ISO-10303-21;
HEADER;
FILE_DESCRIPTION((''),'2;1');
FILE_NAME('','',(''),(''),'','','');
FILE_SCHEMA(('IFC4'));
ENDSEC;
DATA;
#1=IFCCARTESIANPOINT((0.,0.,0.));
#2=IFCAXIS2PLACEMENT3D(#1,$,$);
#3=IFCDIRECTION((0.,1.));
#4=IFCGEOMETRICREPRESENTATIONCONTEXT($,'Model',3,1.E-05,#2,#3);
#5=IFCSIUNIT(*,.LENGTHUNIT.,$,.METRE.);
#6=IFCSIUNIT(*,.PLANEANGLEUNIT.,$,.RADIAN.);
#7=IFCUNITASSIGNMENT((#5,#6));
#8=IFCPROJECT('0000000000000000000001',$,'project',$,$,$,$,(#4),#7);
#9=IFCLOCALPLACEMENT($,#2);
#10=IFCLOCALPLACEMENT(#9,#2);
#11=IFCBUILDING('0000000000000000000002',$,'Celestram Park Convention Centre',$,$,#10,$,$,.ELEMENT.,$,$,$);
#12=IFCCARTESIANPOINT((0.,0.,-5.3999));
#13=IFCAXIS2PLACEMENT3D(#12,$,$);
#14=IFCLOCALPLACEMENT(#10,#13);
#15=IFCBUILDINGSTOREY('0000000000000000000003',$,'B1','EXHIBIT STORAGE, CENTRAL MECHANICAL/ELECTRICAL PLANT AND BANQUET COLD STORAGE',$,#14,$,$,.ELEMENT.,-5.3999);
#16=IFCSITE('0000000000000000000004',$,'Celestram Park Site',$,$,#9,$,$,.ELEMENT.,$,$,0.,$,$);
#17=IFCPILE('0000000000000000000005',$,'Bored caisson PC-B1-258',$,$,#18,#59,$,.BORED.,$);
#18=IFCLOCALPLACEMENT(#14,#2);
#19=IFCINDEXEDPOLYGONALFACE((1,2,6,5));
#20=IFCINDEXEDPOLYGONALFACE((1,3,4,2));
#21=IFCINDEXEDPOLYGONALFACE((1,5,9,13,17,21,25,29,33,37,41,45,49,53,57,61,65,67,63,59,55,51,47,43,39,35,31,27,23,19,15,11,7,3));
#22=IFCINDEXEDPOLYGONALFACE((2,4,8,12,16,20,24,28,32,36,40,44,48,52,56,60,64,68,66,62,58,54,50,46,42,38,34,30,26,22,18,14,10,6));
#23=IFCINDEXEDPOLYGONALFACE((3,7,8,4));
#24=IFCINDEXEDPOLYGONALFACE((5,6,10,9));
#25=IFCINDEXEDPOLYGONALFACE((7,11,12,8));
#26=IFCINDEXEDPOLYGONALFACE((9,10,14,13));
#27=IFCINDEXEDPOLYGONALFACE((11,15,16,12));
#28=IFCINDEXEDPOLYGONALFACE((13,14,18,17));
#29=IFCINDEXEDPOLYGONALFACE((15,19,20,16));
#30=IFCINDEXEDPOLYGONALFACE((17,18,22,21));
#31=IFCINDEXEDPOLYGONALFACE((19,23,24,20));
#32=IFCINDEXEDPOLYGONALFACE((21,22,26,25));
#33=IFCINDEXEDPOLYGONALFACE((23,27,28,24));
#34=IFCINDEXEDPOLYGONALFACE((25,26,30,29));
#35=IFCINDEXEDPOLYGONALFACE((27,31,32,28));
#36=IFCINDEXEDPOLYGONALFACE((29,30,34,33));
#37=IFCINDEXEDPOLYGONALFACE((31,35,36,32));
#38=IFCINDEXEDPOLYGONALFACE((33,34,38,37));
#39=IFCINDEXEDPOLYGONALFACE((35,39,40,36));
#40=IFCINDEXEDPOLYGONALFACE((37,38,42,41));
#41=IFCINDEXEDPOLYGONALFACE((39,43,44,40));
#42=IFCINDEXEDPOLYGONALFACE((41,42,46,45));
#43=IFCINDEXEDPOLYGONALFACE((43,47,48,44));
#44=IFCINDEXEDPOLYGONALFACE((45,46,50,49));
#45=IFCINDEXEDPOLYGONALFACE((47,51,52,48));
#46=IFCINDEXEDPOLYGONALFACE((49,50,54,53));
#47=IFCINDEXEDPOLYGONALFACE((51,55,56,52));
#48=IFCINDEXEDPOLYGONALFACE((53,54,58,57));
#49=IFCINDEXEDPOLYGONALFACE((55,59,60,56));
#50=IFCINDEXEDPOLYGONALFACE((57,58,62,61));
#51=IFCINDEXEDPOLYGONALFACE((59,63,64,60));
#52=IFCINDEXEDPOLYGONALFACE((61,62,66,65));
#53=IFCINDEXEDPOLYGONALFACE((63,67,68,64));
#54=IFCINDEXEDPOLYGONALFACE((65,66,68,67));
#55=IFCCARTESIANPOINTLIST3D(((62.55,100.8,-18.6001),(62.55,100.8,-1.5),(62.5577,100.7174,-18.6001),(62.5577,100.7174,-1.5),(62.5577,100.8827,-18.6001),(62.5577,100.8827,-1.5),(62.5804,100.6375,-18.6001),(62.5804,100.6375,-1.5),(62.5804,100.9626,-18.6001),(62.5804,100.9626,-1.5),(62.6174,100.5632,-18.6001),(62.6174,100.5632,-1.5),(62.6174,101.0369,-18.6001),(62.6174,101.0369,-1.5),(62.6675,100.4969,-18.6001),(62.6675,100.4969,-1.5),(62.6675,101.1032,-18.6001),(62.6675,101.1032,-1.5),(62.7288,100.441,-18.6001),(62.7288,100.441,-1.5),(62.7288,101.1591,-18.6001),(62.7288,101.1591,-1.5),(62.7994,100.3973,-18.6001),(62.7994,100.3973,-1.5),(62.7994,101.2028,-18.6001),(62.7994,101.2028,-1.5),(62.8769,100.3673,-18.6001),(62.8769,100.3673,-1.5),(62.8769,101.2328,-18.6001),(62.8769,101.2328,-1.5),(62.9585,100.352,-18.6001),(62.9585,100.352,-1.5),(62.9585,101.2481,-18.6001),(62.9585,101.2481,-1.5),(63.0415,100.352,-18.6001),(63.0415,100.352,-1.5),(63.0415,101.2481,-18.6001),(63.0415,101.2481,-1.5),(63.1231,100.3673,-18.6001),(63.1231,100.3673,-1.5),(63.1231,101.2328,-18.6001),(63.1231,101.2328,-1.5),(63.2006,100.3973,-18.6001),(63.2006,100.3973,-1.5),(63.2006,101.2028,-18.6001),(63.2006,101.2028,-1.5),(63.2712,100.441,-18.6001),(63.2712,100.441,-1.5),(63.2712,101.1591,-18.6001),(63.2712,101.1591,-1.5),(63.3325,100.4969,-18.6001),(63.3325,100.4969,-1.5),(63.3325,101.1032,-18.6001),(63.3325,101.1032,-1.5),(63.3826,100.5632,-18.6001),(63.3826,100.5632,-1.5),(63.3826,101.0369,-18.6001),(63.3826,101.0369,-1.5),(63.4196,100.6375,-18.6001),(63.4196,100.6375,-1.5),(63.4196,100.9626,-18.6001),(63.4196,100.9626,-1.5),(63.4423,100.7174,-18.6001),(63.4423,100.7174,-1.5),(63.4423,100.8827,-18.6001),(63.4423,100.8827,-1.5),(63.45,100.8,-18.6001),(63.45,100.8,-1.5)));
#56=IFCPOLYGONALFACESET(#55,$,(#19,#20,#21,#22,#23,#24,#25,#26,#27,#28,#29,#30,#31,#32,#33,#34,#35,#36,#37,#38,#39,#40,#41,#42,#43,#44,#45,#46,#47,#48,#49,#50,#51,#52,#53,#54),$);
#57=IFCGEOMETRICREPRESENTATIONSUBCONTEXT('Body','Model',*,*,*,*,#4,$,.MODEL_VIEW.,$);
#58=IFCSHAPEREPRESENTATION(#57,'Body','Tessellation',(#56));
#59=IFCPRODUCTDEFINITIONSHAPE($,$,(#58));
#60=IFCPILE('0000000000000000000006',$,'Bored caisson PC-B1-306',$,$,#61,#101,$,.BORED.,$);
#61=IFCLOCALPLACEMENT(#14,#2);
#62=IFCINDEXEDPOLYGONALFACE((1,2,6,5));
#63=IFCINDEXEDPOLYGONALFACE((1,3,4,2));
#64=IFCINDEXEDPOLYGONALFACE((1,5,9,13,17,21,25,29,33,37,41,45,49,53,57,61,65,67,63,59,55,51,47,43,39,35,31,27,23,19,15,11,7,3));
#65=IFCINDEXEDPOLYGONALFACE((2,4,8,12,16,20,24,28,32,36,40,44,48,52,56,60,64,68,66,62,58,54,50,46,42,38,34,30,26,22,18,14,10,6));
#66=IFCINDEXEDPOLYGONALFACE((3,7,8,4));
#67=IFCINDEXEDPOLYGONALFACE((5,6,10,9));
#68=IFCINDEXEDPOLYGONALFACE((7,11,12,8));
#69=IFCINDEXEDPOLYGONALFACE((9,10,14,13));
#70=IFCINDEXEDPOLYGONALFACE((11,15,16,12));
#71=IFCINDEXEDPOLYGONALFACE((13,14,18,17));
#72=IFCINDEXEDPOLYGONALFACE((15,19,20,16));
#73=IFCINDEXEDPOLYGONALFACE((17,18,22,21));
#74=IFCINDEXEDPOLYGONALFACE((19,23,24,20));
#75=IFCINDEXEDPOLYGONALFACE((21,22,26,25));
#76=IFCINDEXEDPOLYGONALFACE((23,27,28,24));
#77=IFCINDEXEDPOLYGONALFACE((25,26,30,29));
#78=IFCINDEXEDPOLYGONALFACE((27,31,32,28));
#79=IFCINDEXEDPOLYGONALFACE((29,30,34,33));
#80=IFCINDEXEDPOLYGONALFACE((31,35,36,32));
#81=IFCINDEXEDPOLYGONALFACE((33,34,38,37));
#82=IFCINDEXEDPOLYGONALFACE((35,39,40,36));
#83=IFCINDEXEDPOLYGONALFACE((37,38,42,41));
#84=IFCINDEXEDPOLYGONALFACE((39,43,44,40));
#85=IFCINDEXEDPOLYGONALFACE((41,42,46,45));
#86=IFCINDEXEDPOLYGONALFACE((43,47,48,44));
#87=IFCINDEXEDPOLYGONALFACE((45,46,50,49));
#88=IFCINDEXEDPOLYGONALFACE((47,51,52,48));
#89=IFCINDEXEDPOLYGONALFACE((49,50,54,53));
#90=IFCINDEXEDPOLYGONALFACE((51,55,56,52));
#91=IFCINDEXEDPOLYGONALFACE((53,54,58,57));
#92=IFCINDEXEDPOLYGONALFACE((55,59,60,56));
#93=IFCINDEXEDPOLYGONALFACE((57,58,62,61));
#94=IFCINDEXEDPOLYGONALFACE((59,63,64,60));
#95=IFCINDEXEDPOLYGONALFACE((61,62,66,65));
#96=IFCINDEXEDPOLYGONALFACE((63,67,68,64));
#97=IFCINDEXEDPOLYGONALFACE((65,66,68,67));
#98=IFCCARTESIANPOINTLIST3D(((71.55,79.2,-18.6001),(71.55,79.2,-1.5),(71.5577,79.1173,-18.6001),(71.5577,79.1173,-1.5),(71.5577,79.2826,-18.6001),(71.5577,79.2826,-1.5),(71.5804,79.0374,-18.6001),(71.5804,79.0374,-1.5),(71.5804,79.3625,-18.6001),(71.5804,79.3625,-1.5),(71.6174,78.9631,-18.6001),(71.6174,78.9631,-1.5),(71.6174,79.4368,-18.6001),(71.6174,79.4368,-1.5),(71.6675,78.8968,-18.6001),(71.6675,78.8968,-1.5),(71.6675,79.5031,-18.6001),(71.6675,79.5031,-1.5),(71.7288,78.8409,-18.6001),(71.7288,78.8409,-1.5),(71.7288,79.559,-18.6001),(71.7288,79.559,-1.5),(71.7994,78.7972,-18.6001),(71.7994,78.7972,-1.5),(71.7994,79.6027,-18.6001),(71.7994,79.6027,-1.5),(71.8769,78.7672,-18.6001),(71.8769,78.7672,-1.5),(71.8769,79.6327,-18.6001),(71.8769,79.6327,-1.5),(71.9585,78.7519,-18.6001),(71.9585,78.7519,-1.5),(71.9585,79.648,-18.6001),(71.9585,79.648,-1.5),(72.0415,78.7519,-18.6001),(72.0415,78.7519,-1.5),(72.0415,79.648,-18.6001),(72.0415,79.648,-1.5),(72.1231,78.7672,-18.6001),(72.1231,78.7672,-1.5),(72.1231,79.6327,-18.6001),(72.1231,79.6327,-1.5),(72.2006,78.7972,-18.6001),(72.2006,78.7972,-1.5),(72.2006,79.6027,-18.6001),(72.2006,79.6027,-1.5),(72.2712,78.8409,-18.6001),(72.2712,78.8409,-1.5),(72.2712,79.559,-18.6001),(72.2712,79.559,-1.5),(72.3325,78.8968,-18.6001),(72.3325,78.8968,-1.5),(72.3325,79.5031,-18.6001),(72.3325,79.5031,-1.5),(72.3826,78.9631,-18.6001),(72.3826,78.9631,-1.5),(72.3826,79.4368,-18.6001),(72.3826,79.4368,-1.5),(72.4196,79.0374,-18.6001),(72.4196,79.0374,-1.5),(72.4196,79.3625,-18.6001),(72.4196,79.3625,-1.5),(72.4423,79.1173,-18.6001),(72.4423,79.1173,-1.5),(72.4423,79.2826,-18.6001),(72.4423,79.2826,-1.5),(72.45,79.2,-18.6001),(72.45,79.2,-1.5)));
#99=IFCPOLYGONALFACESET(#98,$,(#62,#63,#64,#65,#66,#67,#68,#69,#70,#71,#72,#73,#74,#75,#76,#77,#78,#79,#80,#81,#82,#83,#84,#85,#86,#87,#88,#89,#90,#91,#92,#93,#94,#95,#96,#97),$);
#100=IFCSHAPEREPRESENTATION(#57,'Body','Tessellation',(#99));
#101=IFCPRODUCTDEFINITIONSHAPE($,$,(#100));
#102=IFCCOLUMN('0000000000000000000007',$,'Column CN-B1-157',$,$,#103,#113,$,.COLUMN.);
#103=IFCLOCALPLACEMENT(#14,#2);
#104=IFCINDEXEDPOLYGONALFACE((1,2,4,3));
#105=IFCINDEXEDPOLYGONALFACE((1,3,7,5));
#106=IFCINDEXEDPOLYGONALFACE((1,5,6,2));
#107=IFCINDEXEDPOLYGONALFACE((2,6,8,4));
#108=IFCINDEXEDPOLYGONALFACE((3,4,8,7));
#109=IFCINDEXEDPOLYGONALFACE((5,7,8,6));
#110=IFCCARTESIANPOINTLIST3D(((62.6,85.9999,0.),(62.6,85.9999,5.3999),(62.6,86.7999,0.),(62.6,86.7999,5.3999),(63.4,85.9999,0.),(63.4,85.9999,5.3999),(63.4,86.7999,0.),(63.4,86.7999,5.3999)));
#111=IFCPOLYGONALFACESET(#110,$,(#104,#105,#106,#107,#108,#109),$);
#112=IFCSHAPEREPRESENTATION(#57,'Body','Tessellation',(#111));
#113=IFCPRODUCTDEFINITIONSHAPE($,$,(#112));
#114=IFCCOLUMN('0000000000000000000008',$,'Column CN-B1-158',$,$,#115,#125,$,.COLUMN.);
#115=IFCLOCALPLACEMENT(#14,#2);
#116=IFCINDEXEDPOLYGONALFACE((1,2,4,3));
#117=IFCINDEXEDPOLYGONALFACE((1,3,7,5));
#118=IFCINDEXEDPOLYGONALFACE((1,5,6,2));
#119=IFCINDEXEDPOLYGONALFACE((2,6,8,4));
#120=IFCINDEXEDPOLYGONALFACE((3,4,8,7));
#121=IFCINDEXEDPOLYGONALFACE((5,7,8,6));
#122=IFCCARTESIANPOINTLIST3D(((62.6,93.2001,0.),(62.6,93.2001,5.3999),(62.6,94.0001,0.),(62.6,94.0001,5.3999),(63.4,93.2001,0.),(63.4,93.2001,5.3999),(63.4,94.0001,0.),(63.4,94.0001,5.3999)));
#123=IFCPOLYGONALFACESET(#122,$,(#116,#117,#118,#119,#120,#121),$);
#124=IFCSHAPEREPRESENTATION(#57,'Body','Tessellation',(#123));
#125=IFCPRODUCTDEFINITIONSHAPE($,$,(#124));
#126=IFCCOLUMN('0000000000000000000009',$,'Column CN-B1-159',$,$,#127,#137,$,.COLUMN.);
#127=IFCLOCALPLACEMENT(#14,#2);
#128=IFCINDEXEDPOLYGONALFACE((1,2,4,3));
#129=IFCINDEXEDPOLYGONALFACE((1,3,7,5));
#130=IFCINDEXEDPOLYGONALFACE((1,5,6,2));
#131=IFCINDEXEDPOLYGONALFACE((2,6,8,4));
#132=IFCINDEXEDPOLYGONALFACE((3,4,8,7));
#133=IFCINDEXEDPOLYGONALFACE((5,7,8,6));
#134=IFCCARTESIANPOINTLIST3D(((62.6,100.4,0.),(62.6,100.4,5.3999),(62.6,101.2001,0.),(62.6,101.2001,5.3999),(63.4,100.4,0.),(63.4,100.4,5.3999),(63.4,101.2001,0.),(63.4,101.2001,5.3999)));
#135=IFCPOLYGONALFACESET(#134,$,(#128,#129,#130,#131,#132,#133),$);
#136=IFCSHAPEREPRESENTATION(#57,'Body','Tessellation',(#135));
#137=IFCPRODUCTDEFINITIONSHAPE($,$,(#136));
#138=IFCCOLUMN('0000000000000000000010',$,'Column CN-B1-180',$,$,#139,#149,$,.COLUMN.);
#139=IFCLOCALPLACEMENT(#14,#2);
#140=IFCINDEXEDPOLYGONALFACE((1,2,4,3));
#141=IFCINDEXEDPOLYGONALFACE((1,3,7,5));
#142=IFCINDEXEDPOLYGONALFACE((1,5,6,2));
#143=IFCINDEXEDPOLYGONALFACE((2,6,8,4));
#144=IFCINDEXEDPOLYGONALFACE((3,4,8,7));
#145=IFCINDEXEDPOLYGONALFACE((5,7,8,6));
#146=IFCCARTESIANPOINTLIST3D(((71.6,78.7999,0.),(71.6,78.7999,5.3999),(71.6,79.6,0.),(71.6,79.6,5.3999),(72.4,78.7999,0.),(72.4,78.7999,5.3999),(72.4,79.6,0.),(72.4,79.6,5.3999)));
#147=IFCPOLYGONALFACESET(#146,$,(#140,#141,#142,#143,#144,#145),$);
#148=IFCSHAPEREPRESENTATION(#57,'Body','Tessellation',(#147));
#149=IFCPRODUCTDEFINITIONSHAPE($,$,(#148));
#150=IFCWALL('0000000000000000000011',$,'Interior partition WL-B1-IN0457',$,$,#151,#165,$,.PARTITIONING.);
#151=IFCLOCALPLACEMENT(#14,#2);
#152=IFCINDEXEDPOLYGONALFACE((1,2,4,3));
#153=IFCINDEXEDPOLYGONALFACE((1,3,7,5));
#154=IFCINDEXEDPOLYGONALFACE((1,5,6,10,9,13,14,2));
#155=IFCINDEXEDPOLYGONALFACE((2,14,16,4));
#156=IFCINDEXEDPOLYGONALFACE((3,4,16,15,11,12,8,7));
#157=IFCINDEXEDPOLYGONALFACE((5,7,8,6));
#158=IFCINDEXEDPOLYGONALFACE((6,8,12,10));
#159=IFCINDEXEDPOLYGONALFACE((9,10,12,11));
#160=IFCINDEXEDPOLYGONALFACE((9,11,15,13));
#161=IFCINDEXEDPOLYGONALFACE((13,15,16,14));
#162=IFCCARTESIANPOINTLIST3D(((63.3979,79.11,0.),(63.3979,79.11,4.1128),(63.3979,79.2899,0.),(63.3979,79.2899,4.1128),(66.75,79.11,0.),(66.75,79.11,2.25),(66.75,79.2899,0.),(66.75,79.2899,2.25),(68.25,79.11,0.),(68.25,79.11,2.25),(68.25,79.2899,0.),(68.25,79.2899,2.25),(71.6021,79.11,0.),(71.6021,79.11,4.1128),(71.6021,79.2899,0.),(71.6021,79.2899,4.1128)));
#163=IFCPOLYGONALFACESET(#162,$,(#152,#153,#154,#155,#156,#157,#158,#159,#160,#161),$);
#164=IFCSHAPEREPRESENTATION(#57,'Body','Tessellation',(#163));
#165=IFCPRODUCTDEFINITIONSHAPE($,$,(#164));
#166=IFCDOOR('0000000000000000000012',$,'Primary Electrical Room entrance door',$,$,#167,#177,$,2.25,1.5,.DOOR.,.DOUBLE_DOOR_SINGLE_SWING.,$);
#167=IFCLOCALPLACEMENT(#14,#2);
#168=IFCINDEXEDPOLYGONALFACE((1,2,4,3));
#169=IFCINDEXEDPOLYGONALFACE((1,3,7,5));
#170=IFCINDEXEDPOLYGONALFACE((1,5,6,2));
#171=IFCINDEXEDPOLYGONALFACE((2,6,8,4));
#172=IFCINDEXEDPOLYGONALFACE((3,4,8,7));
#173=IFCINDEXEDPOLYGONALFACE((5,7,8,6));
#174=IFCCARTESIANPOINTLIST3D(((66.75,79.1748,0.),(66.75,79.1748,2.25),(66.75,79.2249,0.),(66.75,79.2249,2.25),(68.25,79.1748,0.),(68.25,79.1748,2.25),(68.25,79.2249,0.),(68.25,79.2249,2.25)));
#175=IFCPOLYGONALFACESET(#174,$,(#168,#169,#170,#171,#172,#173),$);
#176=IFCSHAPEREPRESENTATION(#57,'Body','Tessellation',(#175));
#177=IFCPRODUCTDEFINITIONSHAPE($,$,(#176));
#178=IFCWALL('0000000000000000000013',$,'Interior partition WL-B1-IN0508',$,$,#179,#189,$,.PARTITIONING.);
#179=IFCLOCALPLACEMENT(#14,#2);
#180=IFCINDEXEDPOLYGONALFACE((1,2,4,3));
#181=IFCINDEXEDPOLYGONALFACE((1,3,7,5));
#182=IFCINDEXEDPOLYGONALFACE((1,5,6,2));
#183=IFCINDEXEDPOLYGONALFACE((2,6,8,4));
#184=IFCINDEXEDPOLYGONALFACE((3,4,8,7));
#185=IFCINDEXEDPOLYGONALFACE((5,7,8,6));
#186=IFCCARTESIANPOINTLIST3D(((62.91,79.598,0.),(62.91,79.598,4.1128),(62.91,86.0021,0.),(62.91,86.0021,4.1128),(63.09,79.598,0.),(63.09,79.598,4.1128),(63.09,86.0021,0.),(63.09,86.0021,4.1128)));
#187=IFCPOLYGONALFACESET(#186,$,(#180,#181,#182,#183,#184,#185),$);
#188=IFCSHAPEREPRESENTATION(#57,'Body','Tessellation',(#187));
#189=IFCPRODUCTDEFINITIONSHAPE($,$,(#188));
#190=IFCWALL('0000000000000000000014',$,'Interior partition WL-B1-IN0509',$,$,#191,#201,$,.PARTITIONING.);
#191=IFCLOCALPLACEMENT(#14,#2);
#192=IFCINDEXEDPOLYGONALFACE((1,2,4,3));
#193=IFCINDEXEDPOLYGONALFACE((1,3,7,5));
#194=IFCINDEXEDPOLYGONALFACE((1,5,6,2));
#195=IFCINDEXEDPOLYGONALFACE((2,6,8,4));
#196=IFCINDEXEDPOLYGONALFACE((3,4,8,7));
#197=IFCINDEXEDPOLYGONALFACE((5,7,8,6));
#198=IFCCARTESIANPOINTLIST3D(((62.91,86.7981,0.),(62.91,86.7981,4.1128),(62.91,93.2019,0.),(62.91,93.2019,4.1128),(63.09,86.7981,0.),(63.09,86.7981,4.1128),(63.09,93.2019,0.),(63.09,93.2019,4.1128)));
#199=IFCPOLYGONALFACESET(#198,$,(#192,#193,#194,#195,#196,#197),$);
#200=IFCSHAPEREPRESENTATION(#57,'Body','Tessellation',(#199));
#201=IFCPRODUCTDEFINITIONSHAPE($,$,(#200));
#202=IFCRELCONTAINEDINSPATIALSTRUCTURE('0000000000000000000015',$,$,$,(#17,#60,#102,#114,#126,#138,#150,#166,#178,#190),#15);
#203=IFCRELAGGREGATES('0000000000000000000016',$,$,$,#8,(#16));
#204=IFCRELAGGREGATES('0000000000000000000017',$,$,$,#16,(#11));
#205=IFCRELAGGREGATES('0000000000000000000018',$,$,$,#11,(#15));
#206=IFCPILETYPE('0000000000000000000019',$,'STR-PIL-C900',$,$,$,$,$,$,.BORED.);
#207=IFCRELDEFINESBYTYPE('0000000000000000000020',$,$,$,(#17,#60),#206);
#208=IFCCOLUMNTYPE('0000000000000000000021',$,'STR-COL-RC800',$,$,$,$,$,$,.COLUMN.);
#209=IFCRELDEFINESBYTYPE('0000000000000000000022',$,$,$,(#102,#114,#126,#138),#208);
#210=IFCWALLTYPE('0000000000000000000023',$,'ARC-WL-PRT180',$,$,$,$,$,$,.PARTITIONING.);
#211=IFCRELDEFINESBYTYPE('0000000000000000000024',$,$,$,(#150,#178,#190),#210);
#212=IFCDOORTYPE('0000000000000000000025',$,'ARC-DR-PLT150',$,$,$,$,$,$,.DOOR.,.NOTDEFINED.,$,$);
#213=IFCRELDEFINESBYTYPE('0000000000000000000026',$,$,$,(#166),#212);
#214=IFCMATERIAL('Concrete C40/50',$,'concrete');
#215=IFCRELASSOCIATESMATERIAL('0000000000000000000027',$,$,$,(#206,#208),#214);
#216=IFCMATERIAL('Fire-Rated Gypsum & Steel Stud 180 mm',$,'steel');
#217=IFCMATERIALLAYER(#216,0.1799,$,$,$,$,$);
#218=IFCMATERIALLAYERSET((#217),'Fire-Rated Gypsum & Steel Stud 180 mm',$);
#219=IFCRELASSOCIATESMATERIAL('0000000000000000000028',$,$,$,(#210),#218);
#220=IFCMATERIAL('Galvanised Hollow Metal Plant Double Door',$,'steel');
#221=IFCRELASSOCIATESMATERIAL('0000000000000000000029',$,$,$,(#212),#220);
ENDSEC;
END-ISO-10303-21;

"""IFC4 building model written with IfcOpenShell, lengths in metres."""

from ifc_helpers import new_model, si_unit, direction, frame, frame_2d, origin, origin_2d, place, context, subcontext, project, spatial, rectangle, circle, extrude, material, layer, layer_set, material_profile, profile_set, type_object, element, fill, save


model = new_model("IFC4")

# Units and contexts
model_context = context("Model", 3, precision=1e-05, world=origin(), true_north=direction((0.0, 1.0)))
body_context = subcontext(model_context, "Body", "Model", "MODEL_VIEW")
ifc_project = project(units=[si_unit("LENGTHUNIT", "METRE"), si_unit("PLANEANGLEUNIT", "RADIAN")], contexts=[model_context])

# Site, building, storey
site_placement = place(None, origin())
site = spatial("IfcSite", under=ifc_project, at=site_placement, Name="Celestram Park Site", CompositionType="ELEMENT", RefElevation=0.0)
building_placement = place(site_placement, origin())
building = spatial("IfcBuilding", under=site, at=building_placement, Name="Celestram Park Convention Centre", CompositionType="ELEMENT")
storey_placement = place(building_placement, frame((0.0, 0.0, -5.3999)))
storey = spatial("IfcBuildingStorey", under=building, at=storey_placement, Name="B1", Description="EXHIBIT STORAGE, CENTRAL MECHANICAL/ELECTRICAL PLANT AND BANQUET COLD STORAGE", CompositionType="ELEMENT", Elevation=-5.3999)

# Shared definitions
ifc_material_1 = material(Name="Concrete C40/50", Category="concrete")

# Piles
ifc_material_profile_1 = material_profile(ifc_material_1, circle(Radius=0.45, at=origin_2d()), Name="CAISSON900")
ifc_profile_set_1 = profile_set([ifc_material_profile_1], Name="Concrete C40/50")
pile_type_1 = type_object("IfcPileType", Name="STR-PIL-C900", PredefinedType="BORED", material=ifc_profile_set_1)
for number, where, z_axis, x_axis, name in (
    (1, (63.0, 100.8, -1.5), (0.0, 0.0, -1.0), (1.0, 0.0, 0.0), "Bored caisson PC-B1-258"),
    (2, (72.0, 79.2, -1.5), (0.0, 0.0, -1.0), (1.0, 0.0, 0.0), "Bored caisson PC-B1-306"),
):
    element("IfcPile", number, at=place(storey_placement, frame(where, z_axis=z_axis, x_axis=x_axis)), inside=storey, type_object=pile_type_1, Name=name, PredefinedType="BORED", context=body_context, shape_type="SweptSolid", body=[
        extrude(circle(Radius=0.45, at=origin_2d()), origin(), (0.0, 0.0, 1.0), 17.1001),
    ])

# Columns
ifc_material_profile_2 = material_profile(ifc_material_1, rectangle(XDim=0.8, YDim=0.8, at=origin_2d()), Name="RC800X800")
ifc_profile_set_2 = profile_set([ifc_material_profile_2], Name="Concrete C40/50")
column_type = type_object("IfcColumnType", Name="STR-COL-RC800", PredefinedType="COLUMN", material=ifc_profile_set_2)
for number, where, z_axis, x_axis, name in (
    (3, (63.0, 86.3999, 0.0), (0.0, 0.0, 1.0), (1.0, 0.0, 0.0), "Column CN-B1-157"),
    (4, (63.0, 93.6001, 0.0), (0.0, 0.0, 1.0), (1.0, 0.0, 0.0), "Column CN-B1-158"),
    (5, (63.0, 100.8, 0.0), (0.0, 0.0, 1.0), (1.0, 0.0, 0.0), "Column CN-B1-159"),
    (6, (72.0, 79.2, 0.0), (0.0, 0.0, 1.0), (1.0, 0.0, 0.0), "Column CN-B1-180"),
):
    element("IfcColumn", number, at=place(storey_placement, frame(where, z_axis=z_axis, x_axis=x_axis)), inside=storey, type_object=column_type, Name=name, PredefinedType="COLUMN", context=body_context, shape_type="SweptSolid", body=[
        extrude(rectangle(XDim=0.8, YDim=0.8, at=origin_2d()), origin(), (0.0, 0.0, 1.0), 5.3999),
    ])

# Wall, opening, door
ifc_material_2 = material(Name="Fire-Rated Gypsum & Steel Stud 180 mm", Category="steel")
ifc_layer = layer(ifc_material_2, 0.1799)
ifc_layer_set = layer_set([ifc_layer], Name="Fire-Rated Gypsum & Steel Stud 180 mm")
wall_type = type_object("IfcWallType", Name="ARC-WL-PRT180", PredefinedType="PARTITIONING", material=ifc_layer_set)
wall_1_placement = place(storey_placement, frame((63.3979, 79.2, 0.0), z_axis=(0.0, 0.0, 1.0), x_axis=(1.0, 0.0, 0.0)))
wall_1 = element("IfcWall", 7, at=wall_1_placement, inside=storey, type_object=wall_type, Name="Interior partition WL-B1-IN0457", PredefinedType="PARTITIONING", context=body_context, shape_type="SweptSolid", body=[
    extrude(rectangle(XDim=8.2041, YDim=0.1799, at=frame_2d((4.1021, 0.0))), origin(), (0.0, 0.0, 1.0), 4.1128),
])
opening_placement = place(wall_1_placement, frame((3.3521, 0.0, 0.0)))
opening = element("IfcOpeningElement", 8, at=opening_placement, cuts=wall_1, PredefinedType="OPENING", context=body_context, shape_type="SweptSolid", body=[
    extrude(rectangle(XDim=1.5, YDim=2.25, at=frame_2d((0.75, 1.125))), frame((0.0, 0.0999, 0.0), z_axis=(0.0, -1.0, 0.0), x_axis=(1.0, 0.0, 0.0)), (0.0, 0.0, 1.0), 0.2),
])
ifc_material_3 = material(Name="Galvanised Hollow Metal Plant Double Door", Category="steel")
door_type = type_object("IfcDoorType", Name="ARC-DR-PLT150", OperationType="NOTDEFINED", PredefinedType="DOOR", material=ifc_material_3)
door_placement = place(opening_placement, origin())
door = element("IfcDoor", 9, at=door_placement, inside=storey, type_object=door_type, Name="Primary Electrical Room entrance door", OperationType="DOUBLE_DOOR_SINGLE_SWING", OverallHeight=2.25, OverallWidth=1.5, PredefinedType="DOOR", context=body_context, shape_type="SweptSolid", body=[
    extrude(rectangle(XDim=1.5, YDim=2.25, at=frame_2d((0.75, 1.125))), frame((0.0, 0.0249, 0.0), z_axis=(0.0, -1.0, 0.0), x_axis=(1.0, 0.0, 0.0)), (0.0, 0.0, 1.0), 0.05),
])
fill(opening, door)

# Walls
wall_2_placement = place(storey_placement, frame((63.0, 79.5979, 0.0), z_axis=(0.0, 0.0, 1.0), x_axis=(0.0, 1.0, 0.0)))
element("IfcWall", 10, at=wall_2_placement, inside=storey, type_object=wall_type, Name="Interior partition WL-B1-IN0508", PredefinedType="PARTITIONING", context=body_context, shape_type="SweptSolid", body=[
    extrude(rectangle(XDim=6.4041, YDim=0.1799, at=frame_2d((3.2021, 0.0))), origin(), (0.0, 0.0, 1.0), 4.1128),
])
wall_3_placement = place(storey_placement, frame((63.0, 86.7981, 0.0), z_axis=(0.0, 0.0, 1.0), x_axis=(0.0, 1.0, 0.0)))
element("IfcWall", 11, at=wall_3_placement, inside=storey, type_object=wall_type, Name="Interior partition WL-B1-IN0509", PredefinedType="PARTITIONING", context=body_context, shape_type="SweptSolid", body=[
    extrude(rectangle(XDim=6.4038, YDim=0.1799, at=frame_2d((3.2019, 0.0))), origin(), (0.0, 0.0, 1.0), 4.1128),
])

save(model, "model.ifc")
